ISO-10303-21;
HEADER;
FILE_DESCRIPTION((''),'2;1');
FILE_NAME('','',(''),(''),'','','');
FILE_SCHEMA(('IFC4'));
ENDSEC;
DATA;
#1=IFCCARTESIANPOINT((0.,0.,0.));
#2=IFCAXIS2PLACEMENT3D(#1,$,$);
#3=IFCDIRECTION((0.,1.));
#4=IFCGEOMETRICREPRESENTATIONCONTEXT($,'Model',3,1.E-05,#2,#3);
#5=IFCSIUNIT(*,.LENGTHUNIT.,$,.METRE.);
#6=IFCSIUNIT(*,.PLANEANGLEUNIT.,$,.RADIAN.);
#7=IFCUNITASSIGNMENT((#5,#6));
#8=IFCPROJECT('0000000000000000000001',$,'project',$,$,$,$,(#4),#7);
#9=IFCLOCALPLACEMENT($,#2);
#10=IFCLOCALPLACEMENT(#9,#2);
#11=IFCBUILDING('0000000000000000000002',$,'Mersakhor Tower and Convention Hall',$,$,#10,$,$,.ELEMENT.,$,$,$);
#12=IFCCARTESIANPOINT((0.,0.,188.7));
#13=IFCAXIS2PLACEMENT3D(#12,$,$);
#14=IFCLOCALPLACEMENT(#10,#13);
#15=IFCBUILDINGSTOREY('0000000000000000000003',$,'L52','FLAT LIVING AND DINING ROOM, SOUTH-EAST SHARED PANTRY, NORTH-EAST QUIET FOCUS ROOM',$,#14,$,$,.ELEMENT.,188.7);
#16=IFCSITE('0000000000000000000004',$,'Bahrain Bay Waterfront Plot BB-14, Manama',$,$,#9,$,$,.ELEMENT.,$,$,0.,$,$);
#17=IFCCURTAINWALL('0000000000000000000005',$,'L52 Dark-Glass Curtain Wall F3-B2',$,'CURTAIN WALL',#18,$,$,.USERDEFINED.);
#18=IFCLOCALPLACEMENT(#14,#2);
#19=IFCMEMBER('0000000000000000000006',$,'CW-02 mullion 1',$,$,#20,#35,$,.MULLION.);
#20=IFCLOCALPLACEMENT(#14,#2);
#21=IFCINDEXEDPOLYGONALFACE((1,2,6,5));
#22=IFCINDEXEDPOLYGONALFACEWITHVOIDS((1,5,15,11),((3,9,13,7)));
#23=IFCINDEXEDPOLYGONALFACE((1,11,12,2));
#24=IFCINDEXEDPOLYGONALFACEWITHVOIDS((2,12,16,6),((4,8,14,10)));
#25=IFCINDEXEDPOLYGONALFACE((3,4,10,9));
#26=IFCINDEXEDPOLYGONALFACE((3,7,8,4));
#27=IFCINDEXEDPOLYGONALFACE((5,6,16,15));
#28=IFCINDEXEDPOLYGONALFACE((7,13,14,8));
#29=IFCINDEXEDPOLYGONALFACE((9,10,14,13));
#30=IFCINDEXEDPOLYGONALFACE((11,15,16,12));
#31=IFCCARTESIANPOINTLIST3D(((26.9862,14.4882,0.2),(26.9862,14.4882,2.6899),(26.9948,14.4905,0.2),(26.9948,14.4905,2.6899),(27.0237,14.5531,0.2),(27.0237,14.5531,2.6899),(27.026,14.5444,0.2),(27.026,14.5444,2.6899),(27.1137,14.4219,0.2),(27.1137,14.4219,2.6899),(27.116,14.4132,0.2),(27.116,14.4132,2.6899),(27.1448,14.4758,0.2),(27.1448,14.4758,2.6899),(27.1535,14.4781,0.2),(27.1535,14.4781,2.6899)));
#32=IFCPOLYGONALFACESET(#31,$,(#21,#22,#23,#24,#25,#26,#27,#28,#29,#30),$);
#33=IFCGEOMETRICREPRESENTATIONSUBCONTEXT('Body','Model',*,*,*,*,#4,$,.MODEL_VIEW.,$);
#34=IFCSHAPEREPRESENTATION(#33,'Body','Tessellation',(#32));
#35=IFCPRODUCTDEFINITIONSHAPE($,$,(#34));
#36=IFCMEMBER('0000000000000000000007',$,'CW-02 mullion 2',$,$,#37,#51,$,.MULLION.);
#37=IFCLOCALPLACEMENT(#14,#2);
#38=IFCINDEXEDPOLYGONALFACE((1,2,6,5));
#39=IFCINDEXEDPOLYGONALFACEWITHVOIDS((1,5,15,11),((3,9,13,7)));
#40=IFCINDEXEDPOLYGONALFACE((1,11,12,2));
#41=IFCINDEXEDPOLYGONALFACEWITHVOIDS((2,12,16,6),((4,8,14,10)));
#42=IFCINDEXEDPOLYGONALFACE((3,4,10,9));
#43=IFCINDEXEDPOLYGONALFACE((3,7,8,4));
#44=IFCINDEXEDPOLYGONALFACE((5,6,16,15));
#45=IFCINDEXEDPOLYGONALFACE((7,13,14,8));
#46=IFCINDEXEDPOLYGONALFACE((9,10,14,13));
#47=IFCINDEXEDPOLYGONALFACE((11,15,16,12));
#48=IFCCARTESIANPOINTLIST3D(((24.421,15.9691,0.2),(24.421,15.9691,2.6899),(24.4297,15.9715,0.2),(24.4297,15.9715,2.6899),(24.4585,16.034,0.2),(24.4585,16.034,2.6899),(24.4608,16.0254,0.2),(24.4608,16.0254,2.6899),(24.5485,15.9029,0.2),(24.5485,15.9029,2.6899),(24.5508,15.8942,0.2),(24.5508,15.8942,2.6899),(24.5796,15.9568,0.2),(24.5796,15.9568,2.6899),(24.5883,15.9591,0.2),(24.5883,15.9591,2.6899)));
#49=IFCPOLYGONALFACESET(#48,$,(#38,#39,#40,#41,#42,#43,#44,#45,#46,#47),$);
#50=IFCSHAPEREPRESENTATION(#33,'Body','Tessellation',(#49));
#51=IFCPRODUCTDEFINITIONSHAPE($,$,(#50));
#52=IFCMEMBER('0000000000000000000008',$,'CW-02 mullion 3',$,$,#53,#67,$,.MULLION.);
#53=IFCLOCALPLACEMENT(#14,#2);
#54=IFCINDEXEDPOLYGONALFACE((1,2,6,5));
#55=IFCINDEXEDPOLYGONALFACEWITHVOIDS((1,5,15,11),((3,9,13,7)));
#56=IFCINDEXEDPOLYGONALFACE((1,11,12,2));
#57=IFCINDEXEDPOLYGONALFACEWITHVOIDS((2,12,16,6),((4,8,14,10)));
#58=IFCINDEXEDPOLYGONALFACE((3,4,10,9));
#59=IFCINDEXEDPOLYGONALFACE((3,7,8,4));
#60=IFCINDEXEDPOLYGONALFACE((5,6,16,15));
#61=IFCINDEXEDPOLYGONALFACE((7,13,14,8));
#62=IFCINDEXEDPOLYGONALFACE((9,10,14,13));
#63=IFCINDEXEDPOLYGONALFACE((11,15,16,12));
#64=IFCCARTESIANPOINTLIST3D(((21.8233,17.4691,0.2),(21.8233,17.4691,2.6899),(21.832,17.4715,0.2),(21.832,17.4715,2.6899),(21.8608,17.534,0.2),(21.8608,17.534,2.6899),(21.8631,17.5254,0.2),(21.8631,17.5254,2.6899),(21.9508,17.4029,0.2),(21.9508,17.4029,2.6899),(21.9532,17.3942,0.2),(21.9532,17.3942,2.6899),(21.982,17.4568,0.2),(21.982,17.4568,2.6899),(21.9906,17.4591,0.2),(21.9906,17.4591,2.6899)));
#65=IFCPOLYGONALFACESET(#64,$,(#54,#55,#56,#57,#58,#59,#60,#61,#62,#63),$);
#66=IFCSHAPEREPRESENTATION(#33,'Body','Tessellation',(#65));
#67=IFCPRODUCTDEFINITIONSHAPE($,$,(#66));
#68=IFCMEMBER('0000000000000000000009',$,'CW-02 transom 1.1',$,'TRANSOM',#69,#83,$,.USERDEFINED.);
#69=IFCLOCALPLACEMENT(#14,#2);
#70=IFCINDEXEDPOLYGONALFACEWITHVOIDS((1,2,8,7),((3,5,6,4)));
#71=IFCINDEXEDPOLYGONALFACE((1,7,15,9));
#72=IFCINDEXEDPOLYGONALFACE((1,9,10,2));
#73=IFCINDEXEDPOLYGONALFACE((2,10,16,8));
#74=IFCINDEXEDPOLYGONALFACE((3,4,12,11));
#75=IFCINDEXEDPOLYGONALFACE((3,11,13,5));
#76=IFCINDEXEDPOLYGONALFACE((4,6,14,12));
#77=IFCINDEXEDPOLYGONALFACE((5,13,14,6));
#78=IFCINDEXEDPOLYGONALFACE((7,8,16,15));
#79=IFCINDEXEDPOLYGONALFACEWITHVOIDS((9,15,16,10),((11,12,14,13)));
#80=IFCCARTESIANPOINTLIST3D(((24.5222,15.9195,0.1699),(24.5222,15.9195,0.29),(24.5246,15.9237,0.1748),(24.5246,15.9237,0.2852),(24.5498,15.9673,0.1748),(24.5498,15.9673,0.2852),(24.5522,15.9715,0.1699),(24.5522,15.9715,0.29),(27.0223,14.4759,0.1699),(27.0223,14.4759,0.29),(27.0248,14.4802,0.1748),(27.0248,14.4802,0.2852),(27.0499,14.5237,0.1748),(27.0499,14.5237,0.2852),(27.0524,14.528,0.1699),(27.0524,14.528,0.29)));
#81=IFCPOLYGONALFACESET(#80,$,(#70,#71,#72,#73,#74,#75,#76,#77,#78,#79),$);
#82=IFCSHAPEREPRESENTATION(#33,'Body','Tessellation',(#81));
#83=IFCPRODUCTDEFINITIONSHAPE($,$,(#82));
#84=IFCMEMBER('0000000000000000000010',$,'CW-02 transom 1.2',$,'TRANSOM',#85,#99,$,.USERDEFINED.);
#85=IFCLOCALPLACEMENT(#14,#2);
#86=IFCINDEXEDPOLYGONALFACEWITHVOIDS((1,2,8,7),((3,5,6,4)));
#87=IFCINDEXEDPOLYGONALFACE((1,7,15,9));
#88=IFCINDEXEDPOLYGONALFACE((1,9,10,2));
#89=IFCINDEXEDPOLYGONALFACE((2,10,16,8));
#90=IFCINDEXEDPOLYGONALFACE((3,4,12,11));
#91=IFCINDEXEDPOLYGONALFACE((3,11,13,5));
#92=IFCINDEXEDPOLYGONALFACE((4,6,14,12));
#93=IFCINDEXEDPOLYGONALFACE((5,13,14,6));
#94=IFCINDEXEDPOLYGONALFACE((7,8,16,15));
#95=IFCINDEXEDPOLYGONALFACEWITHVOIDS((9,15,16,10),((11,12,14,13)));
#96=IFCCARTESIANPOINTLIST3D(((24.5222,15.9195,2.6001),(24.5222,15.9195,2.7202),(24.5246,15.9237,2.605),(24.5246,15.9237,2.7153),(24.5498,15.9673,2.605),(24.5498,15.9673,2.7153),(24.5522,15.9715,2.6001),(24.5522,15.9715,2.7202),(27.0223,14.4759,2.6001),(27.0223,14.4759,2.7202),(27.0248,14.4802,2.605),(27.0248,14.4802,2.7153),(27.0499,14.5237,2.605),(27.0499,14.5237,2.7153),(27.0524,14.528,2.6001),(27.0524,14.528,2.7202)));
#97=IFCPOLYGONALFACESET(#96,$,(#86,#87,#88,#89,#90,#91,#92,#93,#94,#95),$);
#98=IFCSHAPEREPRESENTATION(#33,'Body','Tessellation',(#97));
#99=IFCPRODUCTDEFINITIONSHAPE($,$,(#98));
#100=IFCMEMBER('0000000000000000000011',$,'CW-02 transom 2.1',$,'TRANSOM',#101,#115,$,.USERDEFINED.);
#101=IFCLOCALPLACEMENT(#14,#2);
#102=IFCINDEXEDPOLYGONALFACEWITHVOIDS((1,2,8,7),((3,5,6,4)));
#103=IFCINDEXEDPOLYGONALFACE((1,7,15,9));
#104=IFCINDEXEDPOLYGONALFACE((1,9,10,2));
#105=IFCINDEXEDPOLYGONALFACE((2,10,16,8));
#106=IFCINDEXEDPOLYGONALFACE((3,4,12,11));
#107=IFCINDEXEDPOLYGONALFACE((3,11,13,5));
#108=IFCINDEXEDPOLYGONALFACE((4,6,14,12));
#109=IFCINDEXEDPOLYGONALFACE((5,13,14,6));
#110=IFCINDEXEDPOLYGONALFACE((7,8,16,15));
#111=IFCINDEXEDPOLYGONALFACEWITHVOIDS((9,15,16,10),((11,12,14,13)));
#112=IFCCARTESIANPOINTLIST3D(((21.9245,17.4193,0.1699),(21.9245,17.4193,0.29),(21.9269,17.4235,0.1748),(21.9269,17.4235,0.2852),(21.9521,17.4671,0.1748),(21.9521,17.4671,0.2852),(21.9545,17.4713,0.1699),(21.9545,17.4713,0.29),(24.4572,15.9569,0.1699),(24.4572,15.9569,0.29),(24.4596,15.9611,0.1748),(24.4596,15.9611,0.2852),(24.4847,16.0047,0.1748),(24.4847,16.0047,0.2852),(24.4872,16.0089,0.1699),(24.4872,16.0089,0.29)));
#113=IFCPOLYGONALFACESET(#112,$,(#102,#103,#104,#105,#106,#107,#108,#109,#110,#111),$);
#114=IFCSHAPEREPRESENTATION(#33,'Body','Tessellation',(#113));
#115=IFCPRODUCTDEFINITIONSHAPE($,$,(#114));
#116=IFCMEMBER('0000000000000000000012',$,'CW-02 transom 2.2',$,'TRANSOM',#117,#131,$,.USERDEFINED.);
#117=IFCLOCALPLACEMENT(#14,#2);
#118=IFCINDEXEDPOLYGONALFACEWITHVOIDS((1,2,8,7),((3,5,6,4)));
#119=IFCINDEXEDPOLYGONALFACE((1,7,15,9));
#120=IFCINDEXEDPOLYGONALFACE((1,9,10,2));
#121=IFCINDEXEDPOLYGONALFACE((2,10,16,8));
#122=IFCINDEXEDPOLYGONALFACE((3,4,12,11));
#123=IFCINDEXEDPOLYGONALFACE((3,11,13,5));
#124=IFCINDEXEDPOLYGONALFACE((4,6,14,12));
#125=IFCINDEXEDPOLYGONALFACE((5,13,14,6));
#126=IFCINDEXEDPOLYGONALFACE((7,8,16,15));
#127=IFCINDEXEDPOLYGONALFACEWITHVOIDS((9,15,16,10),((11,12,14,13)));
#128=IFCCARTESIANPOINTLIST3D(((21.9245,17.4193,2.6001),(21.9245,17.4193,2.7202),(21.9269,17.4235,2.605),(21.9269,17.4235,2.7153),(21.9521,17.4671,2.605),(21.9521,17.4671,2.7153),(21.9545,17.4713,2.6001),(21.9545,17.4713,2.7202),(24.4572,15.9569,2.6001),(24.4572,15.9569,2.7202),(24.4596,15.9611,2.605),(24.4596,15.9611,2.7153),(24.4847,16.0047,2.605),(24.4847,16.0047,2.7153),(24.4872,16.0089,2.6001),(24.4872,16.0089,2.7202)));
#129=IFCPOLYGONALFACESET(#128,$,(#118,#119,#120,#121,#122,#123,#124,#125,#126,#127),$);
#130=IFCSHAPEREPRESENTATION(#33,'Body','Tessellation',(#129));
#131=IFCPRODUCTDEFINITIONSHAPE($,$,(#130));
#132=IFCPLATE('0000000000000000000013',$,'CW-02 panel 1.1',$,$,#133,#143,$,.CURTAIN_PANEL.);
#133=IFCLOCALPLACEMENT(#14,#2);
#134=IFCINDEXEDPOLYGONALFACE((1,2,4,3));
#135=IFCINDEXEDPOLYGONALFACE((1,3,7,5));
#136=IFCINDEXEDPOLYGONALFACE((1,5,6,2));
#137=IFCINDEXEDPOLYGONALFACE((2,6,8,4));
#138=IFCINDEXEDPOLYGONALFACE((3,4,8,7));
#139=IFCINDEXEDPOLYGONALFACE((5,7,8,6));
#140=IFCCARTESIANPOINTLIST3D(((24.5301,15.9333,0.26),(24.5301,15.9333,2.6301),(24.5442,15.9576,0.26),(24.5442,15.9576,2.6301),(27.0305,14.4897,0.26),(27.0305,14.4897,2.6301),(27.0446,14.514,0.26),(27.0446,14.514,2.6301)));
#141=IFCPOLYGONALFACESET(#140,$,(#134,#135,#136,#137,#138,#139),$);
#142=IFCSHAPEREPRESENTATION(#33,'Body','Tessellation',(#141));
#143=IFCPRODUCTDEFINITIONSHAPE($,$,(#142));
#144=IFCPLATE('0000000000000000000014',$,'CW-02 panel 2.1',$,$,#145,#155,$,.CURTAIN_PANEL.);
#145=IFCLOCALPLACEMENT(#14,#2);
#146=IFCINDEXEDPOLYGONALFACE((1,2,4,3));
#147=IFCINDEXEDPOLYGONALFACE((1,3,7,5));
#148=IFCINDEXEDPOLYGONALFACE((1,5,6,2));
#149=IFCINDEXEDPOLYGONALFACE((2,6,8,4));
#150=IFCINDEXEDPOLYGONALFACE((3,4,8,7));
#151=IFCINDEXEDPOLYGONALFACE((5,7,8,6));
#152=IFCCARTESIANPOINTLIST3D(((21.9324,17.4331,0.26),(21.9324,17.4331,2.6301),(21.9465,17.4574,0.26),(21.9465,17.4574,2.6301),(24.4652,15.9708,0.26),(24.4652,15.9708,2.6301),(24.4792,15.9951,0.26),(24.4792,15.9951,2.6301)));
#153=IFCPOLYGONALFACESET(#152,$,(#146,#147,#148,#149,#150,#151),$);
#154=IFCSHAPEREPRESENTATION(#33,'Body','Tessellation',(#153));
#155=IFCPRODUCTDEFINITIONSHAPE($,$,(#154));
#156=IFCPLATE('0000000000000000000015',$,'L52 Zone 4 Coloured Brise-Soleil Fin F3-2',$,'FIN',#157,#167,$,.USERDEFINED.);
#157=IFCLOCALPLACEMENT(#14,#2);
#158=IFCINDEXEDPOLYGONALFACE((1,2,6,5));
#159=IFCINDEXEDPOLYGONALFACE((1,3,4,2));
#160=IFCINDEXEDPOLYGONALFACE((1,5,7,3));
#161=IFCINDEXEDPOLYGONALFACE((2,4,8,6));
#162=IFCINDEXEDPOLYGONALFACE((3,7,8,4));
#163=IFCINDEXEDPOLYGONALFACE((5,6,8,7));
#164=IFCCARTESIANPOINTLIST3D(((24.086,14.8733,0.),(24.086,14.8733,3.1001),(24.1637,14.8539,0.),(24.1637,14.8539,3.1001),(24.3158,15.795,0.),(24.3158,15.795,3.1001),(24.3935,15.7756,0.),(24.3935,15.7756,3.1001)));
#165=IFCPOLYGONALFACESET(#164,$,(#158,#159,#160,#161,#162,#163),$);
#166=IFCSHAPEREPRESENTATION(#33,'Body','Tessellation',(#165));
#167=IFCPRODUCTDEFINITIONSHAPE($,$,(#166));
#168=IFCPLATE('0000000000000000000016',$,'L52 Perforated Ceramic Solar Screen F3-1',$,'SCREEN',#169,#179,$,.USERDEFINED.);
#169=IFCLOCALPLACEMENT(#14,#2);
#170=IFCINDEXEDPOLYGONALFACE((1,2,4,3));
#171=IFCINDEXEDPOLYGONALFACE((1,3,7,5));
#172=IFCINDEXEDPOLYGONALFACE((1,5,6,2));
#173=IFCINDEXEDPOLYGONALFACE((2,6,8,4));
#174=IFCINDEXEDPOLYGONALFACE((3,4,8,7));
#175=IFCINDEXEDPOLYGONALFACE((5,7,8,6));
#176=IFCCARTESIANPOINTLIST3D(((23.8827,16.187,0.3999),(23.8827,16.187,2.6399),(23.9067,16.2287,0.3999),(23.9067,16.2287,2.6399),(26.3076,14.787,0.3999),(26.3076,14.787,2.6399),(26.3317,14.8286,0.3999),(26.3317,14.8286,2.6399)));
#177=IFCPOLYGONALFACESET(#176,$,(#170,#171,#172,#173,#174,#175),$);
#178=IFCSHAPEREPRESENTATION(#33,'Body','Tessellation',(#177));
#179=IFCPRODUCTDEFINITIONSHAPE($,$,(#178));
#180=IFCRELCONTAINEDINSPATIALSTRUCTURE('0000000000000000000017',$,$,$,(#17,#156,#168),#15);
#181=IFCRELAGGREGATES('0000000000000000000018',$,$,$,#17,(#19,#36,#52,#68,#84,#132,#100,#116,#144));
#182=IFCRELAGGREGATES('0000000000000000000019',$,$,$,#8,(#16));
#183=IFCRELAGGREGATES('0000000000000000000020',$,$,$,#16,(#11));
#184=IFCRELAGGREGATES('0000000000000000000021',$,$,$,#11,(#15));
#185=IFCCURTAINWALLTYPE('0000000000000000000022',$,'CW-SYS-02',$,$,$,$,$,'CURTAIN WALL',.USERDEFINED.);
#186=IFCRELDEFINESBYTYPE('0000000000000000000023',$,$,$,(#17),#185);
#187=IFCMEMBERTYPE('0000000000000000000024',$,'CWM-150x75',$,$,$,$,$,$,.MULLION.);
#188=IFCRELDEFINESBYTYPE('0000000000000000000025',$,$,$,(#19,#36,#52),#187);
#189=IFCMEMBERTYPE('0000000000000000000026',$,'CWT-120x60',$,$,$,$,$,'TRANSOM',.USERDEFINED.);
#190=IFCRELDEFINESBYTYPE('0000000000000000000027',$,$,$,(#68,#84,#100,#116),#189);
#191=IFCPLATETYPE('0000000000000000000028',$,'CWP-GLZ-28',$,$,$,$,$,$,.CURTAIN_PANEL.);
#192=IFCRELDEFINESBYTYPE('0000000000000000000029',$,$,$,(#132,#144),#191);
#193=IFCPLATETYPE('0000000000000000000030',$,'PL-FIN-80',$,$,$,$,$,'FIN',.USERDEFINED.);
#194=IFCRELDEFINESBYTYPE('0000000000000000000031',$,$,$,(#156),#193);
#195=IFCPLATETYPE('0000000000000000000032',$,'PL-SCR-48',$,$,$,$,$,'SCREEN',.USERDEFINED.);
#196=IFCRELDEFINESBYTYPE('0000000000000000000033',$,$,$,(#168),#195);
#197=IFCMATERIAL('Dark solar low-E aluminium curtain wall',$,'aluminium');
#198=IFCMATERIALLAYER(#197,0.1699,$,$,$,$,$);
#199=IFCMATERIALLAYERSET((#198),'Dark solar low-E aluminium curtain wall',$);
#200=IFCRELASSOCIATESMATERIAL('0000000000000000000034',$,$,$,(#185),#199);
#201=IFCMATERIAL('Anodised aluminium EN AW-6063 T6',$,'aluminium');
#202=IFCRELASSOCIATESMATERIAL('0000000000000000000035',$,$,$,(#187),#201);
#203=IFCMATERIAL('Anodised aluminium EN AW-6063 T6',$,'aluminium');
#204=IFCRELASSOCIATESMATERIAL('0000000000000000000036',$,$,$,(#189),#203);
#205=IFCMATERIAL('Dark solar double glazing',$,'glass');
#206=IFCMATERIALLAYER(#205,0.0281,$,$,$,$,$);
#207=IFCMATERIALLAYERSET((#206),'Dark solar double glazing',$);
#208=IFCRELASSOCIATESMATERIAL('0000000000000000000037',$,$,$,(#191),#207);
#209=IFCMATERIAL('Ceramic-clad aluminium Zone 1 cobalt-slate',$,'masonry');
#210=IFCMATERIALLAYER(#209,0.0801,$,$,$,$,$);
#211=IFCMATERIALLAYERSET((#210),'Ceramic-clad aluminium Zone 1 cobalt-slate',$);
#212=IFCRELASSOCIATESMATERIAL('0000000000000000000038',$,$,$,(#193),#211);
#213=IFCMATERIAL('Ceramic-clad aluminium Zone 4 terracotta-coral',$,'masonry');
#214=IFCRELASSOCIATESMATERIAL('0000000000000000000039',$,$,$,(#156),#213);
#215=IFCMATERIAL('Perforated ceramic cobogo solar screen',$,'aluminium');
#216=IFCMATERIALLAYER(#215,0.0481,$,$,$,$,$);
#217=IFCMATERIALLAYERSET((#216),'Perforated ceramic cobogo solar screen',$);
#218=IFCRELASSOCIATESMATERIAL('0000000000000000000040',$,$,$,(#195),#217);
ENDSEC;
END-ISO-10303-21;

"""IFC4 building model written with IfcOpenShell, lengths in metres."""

from ifc_helpers import new_model, si_unit, direction, frame, origin, origin_2d, place, context, subcontext, project, spatial, rectangle, hollow_rectangle, extrude, material, layer, layer_set, material_profile, profile_set, type_object, element, aggregate, save


model = new_model("IFC4")

# Units and contexts
model_context = context("Model", 3, precision=1e-05, world=origin(), true_north=direction((0.0, 1.0)))
body_context = subcontext(model_context, "Body", "Model", "MODEL_VIEW")
ifc_project = project(units=[si_unit("LENGTHUNIT", "METRE"), si_unit("PLANEANGLEUNIT", "RADIAN")], contexts=[model_context])

# Site, building, storey
site_placement = place(None, origin())
site = spatial("IfcSite", under=ifc_project, at=site_placement, Name="Bahrain Bay Waterfront Plot BB-14, Manama", CompositionType="ELEMENT", RefElevation=0.0)
building_placement = place(site_placement, origin())
building = spatial("IfcBuilding", under=site, at=building_placement, Name="Mersakhor Tower and Convention Hall", CompositionType="ELEMENT")
storey_placement = place(building_placement, frame((0.0, 0.0, 188.7)))
storey = spatial("IfcBuildingStorey", under=building, at=storey_placement, Name="L52", Description="FLAT LIVING AND DINING ROOM, SOUTH-EAST SHARED PANTRY, NORTH-EAST QUIET FOCUS ROOM", CompositionType="ELEMENT", Elevation=188.7)

# Curtain wall, members, plates
ifc_material_1 = material(Name="Dark solar low-E aluminium curtain wall", Category="aluminium")
ifc_layer_1 = layer(ifc_material_1, 0.1699)
ifc_layer_set_1 = layer_set([ifc_layer_1], Name="Dark solar low-E aluminium curtain wall")
curtain_wall_type = type_object("IfcCurtainWallType", Name="CW-SYS-02", ElementType="CURTAIN WALL", PredefinedType="USERDEFINED", material=ifc_layer_set_1)
curtain_wall_placement = place(storey_placement, origin())
curtain_wall = element("IfcCurtainWall", 1, at=curtain_wall_placement, inside=storey, type_object=curtain_wall_type, Name="L52 Dark-Glass Curtain Wall F3-B2", ObjectType="CURTAIN WALL", PredefinedType="USERDEFINED")
ifc_material_2 = material(Name="Anodised aluminium EN AW-6063 T6", Category="aluminium")
ifc_material_profile_1 = material_profile(ifc_material_2, hollow_rectangle(XDim=0.075, YDim=0.1499, WallThickness=0.0063, at=origin_2d()), Name="RHS 150x75x6.3")
ifc_profile_set_1 = profile_set([ifc_material_profile_1], Name="Anodised aluminium EN AW-6063 T6")
member_type_1 = type_object("IfcMemberType", Name="CWM-150x75", PredefinedType="MULLION", material=ifc_profile_set_1)
member_1_placement = place(storey_placement, frame((27.0698, 14.4832, 0.2), z_axis=(0.0, 0.0, 1.0), x_axis=(-0.500008, -0.866021, 0.0)))
member_1 = element("IfcMember", 2, at=member_1_placement, type_object=member_type_1, Name="CW-02 mullion 1", PredefinedType="MULLION", context=body_context, shape_type="SweptSolid", body=[
    extrude(hollow_rectangle(XDim=0.075, YDim=0.1499, WallThickness=0.0063, at=origin_2d()), origin(), (0.0, 0.0, 1.0), 2.49),
])
member_2_placement = place(storey_placement, frame((24.5046, 15.9641, 0.2), z_axis=(0.0, 0.0, 1.0), x_axis=(-0.500008, -0.866021, 0.0)))
member_2 = element("IfcMember", 3, at=member_2_placement, type_object=member_type_1, Name="CW-02 mullion 2", PredefinedType="MULLION", context=body_context, shape_type="SweptSolid", body=[
    extrude(hollow_rectangle(XDim=0.075, YDim=0.1499, WallThickness=0.0063, at=origin_2d()), origin(), (0.0, 0.0, 1.0), 2.49),
])
member_3_placement = place(storey_placement, frame((21.907, 17.4641, 0.2), z_axis=(0.0, 0.0, 1.0), x_axis=(-0.500008, -0.866021, 0.0)))
member_3 = element("IfcMember", 4, at=member_3_placement, type_object=member_type_1, Name="CW-02 mullion 3", PredefinedType="MULLION", context=body_context, shape_type="SweptSolid", body=[
    extrude(hollow_rectangle(XDim=0.075, YDim=0.1499, WallThickness=0.0063, at=origin_2d()), origin(), (0.0, 0.0, 1.0), 2.49),
])
ifc_material_3 = material(Name="Anodised aluminium EN AW-6063 T6", Category="aluminium")
ifc_material_profile_2 = material_profile(ifc_material_3, hollow_rectangle(XDim=0.0601, YDim=0.1201, WallThickness=0.0049, at=origin_2d()), Name="RHS 120x60x5")
ifc_profile_set_2 = profile_set([ifc_material_profile_2], Name="Anodised aluminium EN AW-6063 T6")
member_type_2 = type_object("IfcMemberType", Name="CWT-120x60", ElementType="TRANSOM", PredefinedType="USERDEFINED", material=ifc_profile_set_2)
member_4_placement = place(storey_placement, frame((27.0374, 14.502, 0.23), z_axis=(-0.866012, 0.500023, 0.0), x_axis=(-0.500023, -0.866012, 0.0)))
member_4 = element("IfcMember", 5, at=member_4_placement, type_object=member_type_2, Name="CW-02 transom 1.1", ObjectType="TRANSOM", PredefinedType="USERDEFINED", context=body_context, shape_type="SweptSolid", body=[
    extrude(hollow_rectangle(XDim=0.0601, YDim=0.1201, WallThickness=0.0049, at=origin_2d()), origin(), (0.0, 0.0, 1.0), 2.887),
])
member_5_placement = place(storey_placement, frame((27.0374, 14.502, 2.6602), z_axis=(-0.866012, 0.500023, 0.0), x_axis=(-0.500023, -0.866012, 0.0)))
member_5 = element("IfcMember", 6, at=member_5_placement, type_object=member_type_2, Name="CW-02 transom 1.2", ObjectType="TRANSOM", PredefinedType="USERDEFINED", context=body_context, shape_type="SweptSolid", body=[
    extrude(hollow_rectangle(XDim=0.0601, YDim=0.1201, WallThickness=0.0049, at=origin_2d()), origin(), (0.0, 0.0, 1.0), 2.887),
])
member_6_placement = place(storey_placement, frame((24.4722, 15.9829, 0.23), z_axis=(-0.866005, 0.500036, 0.0), x_axis=(-0.500036, -0.866005, 0.0)))
member_6 = element("IfcMember", 7, at=member_6_placement, type_object=member_type_2, Name="CW-02 transom 2.1", ObjectType="TRANSOM", PredefinedType="USERDEFINED", context=body_context, shape_type="SweptSolid", body=[
    extrude(hollow_rectangle(XDim=0.0601, YDim=0.1201, WallThickness=0.0049, at=origin_2d()), origin(), (0.0, 0.0, 1.0), 2.9246),
])
member_7_placement = place(storey_placement, frame((24.4722, 15.9829, 2.6602), z_axis=(-0.866005, 0.500036, 0.0), x_axis=(-0.500036, -0.866005, 0.0)))
member_7 = element("IfcMember", 8, at=member_7_placement, type_object=member_type_2, Name="CW-02 transom 2.2", ObjectType="TRANSOM", PredefinedType="USERDEFINED", context=body_context, shape_type="SweptSolid", body=[
    extrude(hollow_rectangle(XDim=0.0601, YDim=0.1201, WallThickness=0.0049, at=origin_2d()), origin(), (0.0, 0.0, 1.0), 2.9246),
])
ifc_material_4 = material(Name="Dark solar double glazing", Category="glass")
ifc_layer_2 = layer(ifc_material_4, 0.0281)
ifc_layer_set_2 = layer_set([ifc_layer_2], Name="Dark solar double glazing")
plate_type_1 = type_object("IfcPlateType", Name="CWP-GLZ-28", PredefinedType="CURTAIN_PANEL", material=ifc_layer_set_2)
plate_1_placement = place(storey_placement, frame((25.7874, 15.2236, 0.26), z_axis=(0.0, 0.0, 1.0), x_axis=(-0.866021, 0.500008, 0.0)))
plate_1 = element("IfcPlate", 9, at=plate_1_placement, type_object=plate_type_1, Name="CW-02 panel 1.1", PredefinedType="CURTAIN_PANEL", context=body_context, shape_type="SweptSolid", body=[
    extrude(rectangle(XDim=2.8872, YDim=0.0281, at=origin_2d()), origin(), (0.0, 0.0, 1.0), 2.3701),
])
plate_2_placement = place(storey_placement, frame((23.2058, 16.7141, 0.26), z_axis=(0.0, 0.0, 1.0), x_axis=(-0.866021, 0.500008, 0.0)))
plate_2 = element("IfcPlate", 10, at=plate_2_placement, type_object=plate_type_1, Name="CW-02 panel 2.1", PredefinedType="CURTAIN_PANEL", context=body_context, shape_type="SweptSolid", body=[
    extrude(rectangle(XDim=2.9246, YDim=0.0281, at=origin_2d()), origin(), (0.0, 0.0, 1.0), 2.3701),
])
aggregate(curtain_wall, [member_1, member_2, member_3, member_4, member_5, plate_1, member_6, member_7, plate_2])

# Plates
ifc_material_5 = material(Name="Ceramic-clad aluminium Zone 4 terracotta-coral", Category="masonry")
ifc_material_6 = material(Name="Ceramic-clad aluminium Zone 1 cobalt-slate", Category="masonry")
ifc_layer_3 = layer(ifc_material_6, 0.0801)
ifc_layer_set_3 = layer_set([ifc_layer_3], Name="Ceramic-clad aluminium Zone 1 cobalt-slate")
plate_type_2 = type_object("IfcPlateType", Name="PL-FIN-80", ElementType="FIN", PredefinedType="USERDEFINED", material=ifc_layer_set_3)
plate_3_placement = place(storey_placement, frame((24.2397, 15.3245, 0.0), z_axis=(0.0, 0.0, 1.0), x_axis=(-0.241922, -0.970296, 0.0)))
element("IfcPlate", 11, at=plate_3_placement, inside=storey, type_object=plate_type_2, material=ifc_material_5, Name="L52 Zone 4 Coloured Brise-Soleil Fin F3-2", ObjectType="FIN", PredefinedType="USERDEFINED", context=body_context, shape_type="SweptSolid", body=[
    extrude(rectangle(XDim=0.95, YDim=0.0801, at=origin_2d()), origin(), (0.0, 0.0, 1.0), 3.1001),
])
ifc_material_7 = material(Name="Perforated ceramic cobogo solar screen", Category="aluminium")
ifc_layer_4 = layer(ifc_material_7, 0.0481)
ifc_layer_set_4 = layer_set([ifc_layer_4], Name="Perforated ceramic cobogo solar screen")
plate_type_3 = type_object("IfcPlateType", Name="PL-SCR-48", ElementType="SCREEN", PredefinedType="USERDEFINED", material=ifc_layer_set_4)
plate_4_placement = place(storey_placement, frame((25.1072, 15.5078, 0.3999), z_axis=(0.0, 0.0, 1.0), x_axis=(-0.866025, 0.5, 0.0)))
element("IfcPlate", 12, at=plate_4_placement, inside=storey, type_object=plate_type_3, Name="L52 Perforated Ceramic Solar Screen F3-1", ObjectType="SCREEN", PredefinedType="USERDEFINED", context=body_context, shape_type="SweptSolid", body=[
    extrude(rectangle(XDim=2.8, YDim=0.0481, at=origin_2d()), origin(), (0.0, 0.0, 1.0), 2.24),
])

save(model, "model.ifc")
